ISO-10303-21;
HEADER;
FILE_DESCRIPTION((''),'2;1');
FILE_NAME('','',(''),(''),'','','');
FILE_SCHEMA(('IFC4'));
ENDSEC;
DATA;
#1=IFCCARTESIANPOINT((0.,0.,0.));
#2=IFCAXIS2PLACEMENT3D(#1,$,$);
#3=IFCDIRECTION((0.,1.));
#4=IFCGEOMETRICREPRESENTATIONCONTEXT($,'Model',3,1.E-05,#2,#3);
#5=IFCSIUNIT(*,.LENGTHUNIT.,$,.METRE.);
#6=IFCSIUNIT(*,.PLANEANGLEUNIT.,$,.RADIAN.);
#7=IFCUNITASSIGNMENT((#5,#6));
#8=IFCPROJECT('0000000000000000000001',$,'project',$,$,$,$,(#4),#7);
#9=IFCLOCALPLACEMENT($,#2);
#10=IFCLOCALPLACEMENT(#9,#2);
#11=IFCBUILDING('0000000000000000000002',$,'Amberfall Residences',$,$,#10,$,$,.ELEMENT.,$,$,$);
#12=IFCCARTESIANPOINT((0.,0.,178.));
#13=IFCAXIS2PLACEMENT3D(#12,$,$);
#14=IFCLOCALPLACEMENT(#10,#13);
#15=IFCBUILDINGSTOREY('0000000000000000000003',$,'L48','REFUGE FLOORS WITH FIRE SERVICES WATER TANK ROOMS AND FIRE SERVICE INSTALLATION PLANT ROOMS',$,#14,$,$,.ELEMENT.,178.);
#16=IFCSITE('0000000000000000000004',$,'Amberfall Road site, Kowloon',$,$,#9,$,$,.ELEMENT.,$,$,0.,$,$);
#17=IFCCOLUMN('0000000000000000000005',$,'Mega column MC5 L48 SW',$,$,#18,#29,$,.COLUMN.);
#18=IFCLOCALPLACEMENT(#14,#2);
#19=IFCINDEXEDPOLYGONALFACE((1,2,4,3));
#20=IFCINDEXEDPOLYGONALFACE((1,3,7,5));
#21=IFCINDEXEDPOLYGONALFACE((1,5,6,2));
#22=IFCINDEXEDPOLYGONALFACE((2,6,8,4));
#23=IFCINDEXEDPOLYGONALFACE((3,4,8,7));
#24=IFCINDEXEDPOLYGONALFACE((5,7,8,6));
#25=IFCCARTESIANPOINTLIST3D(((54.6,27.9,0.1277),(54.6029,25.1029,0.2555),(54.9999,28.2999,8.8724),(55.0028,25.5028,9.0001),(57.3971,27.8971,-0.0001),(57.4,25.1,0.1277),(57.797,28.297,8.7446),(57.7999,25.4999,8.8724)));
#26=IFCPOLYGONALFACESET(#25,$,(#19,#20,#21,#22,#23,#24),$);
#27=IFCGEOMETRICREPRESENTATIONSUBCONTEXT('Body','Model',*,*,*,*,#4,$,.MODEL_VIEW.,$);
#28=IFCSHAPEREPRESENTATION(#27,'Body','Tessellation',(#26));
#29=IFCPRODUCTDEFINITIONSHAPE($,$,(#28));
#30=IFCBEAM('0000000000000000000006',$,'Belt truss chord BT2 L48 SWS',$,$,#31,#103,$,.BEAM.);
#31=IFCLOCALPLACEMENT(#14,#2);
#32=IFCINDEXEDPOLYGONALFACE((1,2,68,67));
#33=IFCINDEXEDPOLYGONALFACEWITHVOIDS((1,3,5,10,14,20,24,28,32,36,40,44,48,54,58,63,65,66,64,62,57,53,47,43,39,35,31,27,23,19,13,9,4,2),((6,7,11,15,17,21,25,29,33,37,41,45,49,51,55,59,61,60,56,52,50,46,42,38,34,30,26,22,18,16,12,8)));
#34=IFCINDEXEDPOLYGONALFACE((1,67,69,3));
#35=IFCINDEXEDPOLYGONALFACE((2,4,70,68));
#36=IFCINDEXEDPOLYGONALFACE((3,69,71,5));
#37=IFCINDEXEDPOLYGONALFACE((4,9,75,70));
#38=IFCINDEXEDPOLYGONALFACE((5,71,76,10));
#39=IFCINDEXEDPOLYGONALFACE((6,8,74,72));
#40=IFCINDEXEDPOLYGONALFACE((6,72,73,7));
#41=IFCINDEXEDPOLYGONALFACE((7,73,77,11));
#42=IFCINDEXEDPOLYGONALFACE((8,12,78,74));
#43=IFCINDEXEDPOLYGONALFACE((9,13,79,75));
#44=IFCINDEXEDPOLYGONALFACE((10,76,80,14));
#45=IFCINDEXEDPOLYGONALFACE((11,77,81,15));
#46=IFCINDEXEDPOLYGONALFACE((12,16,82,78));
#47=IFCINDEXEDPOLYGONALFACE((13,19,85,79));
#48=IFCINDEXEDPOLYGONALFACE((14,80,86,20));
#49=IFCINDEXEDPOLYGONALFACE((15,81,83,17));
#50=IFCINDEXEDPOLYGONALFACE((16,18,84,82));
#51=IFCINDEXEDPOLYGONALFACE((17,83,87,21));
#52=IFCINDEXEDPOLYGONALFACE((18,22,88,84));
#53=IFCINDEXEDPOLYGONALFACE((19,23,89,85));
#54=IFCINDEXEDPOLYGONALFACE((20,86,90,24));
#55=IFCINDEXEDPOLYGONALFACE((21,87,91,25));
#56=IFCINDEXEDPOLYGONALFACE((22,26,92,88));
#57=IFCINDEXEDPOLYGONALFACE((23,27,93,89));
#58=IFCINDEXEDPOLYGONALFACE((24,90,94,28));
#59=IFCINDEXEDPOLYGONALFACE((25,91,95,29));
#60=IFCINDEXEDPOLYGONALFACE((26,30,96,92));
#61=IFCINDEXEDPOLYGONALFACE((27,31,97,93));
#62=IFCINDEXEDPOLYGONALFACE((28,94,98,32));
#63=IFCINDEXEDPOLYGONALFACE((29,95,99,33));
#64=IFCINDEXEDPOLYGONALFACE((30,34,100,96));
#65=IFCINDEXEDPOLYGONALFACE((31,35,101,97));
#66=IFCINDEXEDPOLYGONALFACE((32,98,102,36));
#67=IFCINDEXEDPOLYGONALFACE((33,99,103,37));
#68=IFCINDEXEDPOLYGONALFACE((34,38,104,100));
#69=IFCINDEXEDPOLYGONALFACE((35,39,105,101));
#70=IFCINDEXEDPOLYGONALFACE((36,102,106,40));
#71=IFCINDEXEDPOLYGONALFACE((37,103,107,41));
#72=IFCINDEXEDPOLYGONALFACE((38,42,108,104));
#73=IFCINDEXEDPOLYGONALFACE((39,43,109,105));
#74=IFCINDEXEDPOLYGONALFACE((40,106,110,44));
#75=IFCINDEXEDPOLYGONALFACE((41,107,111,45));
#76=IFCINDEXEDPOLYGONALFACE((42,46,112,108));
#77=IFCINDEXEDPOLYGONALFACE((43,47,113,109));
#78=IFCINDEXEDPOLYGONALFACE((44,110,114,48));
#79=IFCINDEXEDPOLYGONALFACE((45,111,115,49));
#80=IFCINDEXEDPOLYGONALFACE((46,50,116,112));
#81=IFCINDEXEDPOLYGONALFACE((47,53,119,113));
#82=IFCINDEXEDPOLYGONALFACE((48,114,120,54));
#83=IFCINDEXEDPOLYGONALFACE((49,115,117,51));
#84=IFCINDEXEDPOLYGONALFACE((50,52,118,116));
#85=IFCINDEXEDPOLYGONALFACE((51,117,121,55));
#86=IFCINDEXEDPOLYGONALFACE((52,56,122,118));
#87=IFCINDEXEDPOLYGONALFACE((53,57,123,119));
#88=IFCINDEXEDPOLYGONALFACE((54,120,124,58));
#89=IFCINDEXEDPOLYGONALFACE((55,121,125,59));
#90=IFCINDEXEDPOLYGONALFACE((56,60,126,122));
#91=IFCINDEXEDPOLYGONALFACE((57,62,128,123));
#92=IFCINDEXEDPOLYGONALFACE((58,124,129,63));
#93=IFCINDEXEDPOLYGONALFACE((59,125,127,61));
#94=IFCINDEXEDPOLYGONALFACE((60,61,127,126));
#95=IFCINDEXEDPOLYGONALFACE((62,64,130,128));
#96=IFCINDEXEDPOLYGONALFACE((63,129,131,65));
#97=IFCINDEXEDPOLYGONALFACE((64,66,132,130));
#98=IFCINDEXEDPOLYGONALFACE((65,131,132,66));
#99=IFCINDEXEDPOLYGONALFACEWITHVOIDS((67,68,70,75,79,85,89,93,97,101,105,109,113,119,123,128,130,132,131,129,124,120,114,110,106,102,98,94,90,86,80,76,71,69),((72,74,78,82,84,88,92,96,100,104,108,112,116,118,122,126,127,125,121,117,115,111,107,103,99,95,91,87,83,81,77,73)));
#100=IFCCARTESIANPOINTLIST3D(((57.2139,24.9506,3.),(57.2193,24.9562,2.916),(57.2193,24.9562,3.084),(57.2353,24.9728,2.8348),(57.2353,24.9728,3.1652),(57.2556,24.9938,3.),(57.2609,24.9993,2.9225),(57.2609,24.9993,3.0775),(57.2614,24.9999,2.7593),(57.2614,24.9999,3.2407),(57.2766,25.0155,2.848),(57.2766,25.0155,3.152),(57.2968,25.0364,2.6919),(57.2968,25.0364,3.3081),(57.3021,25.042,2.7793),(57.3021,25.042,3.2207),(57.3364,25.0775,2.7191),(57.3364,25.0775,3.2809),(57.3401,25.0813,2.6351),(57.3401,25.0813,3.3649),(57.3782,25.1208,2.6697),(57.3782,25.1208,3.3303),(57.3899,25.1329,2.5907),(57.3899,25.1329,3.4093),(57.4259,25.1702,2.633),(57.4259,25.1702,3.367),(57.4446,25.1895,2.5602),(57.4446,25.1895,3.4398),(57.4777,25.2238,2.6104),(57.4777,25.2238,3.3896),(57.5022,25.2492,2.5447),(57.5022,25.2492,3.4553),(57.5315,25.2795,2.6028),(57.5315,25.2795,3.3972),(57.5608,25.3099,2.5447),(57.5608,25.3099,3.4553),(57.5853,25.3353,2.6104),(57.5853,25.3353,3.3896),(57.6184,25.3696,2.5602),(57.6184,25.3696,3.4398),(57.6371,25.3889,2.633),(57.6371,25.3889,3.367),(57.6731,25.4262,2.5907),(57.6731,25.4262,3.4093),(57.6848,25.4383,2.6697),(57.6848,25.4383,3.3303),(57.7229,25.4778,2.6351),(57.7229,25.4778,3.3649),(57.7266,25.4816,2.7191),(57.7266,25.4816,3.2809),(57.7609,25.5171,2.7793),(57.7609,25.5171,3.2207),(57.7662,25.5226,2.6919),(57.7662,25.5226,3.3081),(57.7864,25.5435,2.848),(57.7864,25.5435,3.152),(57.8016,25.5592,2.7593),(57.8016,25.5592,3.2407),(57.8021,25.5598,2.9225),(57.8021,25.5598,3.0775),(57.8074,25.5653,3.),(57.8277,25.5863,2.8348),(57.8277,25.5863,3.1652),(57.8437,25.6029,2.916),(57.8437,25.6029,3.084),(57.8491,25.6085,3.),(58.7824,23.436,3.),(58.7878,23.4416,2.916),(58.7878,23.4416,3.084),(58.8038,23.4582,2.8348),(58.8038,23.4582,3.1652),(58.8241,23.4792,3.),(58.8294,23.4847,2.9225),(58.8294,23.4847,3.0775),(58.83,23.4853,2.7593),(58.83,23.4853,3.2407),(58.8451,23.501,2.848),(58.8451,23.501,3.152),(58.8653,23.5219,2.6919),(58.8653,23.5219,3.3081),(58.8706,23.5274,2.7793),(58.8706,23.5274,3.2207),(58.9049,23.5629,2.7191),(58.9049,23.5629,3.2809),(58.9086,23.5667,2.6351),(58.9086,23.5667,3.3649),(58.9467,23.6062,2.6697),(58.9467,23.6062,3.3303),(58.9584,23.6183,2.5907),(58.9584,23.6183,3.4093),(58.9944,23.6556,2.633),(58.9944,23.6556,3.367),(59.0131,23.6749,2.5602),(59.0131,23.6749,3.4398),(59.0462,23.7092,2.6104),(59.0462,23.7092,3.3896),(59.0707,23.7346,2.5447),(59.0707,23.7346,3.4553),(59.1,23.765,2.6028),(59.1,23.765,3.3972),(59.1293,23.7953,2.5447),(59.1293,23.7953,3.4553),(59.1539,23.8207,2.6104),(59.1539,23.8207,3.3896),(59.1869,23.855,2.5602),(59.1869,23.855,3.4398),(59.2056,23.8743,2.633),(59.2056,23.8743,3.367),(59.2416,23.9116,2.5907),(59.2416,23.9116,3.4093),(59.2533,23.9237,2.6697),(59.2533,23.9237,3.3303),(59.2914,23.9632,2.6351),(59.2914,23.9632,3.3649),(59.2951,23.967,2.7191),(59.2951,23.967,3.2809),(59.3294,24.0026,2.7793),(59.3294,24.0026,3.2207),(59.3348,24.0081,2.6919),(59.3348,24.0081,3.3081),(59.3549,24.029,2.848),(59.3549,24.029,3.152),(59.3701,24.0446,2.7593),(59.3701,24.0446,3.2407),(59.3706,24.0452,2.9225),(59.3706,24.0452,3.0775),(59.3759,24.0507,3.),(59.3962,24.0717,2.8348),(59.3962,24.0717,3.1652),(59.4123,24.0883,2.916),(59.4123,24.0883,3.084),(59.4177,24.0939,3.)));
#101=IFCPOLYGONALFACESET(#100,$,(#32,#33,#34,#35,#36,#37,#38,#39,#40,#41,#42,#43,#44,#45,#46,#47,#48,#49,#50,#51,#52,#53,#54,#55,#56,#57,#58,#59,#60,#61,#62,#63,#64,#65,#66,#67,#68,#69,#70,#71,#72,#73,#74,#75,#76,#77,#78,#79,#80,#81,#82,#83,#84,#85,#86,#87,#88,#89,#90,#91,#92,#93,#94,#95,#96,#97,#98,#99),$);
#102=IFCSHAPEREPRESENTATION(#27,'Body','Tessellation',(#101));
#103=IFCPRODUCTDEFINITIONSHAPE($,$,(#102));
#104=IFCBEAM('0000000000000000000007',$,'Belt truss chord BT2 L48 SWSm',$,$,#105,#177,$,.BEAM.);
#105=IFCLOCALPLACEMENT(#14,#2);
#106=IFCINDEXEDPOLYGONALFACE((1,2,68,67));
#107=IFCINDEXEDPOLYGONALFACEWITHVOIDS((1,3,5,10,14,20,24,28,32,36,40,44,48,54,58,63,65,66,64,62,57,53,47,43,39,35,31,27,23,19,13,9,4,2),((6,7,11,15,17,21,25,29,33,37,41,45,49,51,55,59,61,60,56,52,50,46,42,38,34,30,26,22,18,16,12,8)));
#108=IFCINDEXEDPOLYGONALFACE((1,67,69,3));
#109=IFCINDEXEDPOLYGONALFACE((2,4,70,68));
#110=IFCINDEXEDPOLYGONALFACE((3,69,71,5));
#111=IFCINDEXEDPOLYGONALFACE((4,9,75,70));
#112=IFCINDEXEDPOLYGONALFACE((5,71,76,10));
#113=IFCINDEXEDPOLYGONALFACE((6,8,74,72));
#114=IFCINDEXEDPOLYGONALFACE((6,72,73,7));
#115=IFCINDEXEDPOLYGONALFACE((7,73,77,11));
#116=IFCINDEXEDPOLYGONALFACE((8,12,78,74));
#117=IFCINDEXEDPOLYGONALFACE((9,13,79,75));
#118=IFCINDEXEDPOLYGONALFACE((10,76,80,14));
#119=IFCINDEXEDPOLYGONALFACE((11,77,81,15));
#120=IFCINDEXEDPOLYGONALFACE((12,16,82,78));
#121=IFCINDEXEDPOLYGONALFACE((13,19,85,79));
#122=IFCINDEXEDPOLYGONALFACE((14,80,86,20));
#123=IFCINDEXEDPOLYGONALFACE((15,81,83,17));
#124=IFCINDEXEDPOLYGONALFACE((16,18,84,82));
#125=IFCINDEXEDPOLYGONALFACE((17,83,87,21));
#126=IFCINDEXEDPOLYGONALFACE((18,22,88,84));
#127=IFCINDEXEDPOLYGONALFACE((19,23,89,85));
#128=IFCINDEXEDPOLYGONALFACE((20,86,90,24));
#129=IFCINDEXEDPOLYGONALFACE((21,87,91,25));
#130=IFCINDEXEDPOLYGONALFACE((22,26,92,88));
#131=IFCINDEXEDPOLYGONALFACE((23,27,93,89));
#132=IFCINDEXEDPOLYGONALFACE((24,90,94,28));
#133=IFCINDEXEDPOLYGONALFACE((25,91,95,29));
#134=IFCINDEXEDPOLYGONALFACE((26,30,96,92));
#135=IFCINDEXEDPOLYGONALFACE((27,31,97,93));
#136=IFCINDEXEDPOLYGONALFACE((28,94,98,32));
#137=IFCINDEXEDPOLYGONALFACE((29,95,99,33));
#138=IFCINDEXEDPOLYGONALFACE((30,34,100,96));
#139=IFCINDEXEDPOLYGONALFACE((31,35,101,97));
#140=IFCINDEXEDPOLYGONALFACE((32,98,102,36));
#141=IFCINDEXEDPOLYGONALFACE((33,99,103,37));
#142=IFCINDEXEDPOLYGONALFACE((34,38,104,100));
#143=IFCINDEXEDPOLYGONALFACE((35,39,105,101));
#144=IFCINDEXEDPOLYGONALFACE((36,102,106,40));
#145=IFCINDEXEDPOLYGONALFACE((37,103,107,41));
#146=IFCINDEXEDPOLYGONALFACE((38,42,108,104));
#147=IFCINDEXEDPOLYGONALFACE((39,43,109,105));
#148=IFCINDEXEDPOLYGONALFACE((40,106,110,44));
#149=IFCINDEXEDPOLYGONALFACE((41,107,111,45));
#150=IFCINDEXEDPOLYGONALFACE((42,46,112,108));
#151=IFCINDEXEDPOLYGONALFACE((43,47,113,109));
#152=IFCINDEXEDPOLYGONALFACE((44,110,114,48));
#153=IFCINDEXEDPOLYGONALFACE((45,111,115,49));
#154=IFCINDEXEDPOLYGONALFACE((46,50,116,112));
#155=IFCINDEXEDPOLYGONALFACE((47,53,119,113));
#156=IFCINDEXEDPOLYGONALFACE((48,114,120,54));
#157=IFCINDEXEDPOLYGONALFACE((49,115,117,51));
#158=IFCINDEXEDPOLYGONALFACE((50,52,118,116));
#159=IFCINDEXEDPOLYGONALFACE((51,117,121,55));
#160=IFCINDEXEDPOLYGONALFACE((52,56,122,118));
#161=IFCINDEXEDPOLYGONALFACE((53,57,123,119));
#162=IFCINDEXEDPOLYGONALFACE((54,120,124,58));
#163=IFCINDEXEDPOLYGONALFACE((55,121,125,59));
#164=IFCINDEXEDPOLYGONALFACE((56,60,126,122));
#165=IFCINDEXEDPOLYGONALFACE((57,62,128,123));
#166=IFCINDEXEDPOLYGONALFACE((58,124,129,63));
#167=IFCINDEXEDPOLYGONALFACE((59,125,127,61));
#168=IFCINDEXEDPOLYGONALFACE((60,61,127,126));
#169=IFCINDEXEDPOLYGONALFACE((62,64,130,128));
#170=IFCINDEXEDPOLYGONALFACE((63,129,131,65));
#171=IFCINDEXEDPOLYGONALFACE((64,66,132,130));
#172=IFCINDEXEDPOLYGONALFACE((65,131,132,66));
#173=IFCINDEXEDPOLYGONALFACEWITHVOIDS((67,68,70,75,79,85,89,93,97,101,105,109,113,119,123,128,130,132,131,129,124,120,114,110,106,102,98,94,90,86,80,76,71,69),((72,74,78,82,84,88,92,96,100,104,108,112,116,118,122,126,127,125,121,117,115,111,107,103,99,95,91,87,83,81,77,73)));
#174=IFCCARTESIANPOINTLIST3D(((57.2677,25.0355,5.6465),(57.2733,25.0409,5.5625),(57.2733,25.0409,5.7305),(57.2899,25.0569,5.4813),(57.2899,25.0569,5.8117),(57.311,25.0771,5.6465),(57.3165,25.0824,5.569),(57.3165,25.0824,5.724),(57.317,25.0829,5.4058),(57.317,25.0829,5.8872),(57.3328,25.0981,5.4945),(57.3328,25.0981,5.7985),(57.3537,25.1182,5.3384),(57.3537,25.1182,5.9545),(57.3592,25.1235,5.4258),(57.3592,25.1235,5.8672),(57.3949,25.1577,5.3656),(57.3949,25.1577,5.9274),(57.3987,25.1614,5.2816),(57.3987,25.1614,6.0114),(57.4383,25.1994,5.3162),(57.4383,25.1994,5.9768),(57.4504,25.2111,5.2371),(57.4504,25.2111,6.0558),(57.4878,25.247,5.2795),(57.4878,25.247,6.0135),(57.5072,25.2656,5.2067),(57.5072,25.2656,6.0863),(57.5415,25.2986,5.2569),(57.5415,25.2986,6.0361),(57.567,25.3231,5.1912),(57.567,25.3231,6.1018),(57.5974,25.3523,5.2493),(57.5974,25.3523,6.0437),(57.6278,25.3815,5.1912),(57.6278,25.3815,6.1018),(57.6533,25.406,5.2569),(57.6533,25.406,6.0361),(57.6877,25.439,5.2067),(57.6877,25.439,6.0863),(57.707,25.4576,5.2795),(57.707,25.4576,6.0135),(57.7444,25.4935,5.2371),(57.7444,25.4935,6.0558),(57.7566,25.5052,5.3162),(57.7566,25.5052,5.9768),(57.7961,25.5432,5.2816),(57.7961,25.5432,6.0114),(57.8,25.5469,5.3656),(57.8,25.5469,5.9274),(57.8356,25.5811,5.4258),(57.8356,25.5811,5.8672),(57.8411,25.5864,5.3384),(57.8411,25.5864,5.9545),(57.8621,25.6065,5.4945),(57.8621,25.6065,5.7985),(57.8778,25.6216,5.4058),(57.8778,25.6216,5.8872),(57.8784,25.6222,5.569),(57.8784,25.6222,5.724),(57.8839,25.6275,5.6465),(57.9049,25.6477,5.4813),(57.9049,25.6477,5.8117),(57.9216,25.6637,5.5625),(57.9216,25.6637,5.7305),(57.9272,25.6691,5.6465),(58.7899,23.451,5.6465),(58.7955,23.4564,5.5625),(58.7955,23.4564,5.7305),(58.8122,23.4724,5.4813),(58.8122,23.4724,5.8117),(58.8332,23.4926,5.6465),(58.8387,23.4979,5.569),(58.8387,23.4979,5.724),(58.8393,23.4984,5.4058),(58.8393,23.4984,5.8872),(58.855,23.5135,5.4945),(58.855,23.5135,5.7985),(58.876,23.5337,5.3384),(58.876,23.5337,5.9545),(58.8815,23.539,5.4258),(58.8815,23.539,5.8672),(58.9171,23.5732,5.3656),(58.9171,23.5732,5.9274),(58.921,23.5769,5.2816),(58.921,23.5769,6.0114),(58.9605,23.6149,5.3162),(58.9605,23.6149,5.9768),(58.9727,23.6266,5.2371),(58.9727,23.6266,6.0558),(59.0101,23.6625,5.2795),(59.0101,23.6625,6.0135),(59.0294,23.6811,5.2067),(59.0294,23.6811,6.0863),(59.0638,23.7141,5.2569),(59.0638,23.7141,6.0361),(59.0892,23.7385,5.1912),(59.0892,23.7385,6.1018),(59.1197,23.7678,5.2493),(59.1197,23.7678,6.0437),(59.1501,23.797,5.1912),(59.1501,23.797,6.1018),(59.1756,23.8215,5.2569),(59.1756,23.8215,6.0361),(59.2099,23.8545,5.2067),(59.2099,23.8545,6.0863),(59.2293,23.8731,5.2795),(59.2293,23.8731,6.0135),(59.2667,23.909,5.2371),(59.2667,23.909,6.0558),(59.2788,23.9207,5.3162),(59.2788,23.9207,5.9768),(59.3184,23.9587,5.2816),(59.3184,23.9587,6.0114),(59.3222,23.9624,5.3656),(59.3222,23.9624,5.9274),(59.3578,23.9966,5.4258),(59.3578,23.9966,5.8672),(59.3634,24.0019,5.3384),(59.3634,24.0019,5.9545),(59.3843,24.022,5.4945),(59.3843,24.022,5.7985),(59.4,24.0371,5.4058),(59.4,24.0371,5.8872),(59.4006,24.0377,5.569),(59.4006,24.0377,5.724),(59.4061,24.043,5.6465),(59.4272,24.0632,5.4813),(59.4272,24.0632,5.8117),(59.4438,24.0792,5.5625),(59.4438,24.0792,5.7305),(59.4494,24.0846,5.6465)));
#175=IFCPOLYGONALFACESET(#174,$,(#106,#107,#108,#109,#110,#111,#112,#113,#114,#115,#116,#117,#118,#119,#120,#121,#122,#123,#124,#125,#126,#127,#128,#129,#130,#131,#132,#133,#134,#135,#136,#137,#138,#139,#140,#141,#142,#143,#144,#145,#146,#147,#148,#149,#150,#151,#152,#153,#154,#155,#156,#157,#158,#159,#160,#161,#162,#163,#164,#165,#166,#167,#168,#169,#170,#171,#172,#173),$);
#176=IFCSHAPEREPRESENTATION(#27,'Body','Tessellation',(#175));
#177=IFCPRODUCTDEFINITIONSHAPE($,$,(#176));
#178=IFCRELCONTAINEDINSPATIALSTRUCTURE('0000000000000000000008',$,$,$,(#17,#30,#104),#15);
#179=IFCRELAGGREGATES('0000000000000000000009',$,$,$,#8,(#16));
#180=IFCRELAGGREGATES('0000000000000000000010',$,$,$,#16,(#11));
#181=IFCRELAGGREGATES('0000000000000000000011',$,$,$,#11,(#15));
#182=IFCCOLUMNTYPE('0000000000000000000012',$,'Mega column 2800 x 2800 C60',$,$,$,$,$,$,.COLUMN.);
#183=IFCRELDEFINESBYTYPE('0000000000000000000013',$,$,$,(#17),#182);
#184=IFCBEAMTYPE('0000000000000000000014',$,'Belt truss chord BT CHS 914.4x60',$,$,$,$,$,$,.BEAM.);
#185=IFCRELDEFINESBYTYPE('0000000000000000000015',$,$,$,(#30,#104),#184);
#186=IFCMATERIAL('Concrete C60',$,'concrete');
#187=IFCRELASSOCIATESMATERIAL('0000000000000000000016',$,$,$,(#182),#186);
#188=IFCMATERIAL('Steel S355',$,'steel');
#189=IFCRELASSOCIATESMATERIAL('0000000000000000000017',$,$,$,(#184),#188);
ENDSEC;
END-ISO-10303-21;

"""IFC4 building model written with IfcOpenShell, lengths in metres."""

from ifc_helpers import new_model, si_unit, direction, frame, origin, origin_2d, place, context, subcontext, project, spatial, rectangle, hollow_circle, extrude, material, material_profile, profile_set, type_object, element, save


model = new_model("IFC4")

# Units and contexts
model_context = context("Model", 3, precision=1e-05, world=origin(), true_north=direction((0.0, 1.0)))
body_context = subcontext(model_context, "Body", "Model", "MODEL_VIEW")
ifc_project = project(units=[si_unit("LENGTHUNIT", "METRE"), si_unit("PLANEANGLEUNIT", "RADIAN")], contexts=[model_context])

# Site, building, storey
site_placement = place(None, origin())
site = spatial("IfcSite", under=ifc_project, at=site_placement, Name="Amberfall Road site, Kowloon", CompositionType="ELEMENT", RefElevation=0.0)
building_placement = place(site_placement, origin())
building = spatial("IfcBuilding", under=site, at=building_placement, Name="Amberfall Residences", CompositionType="ELEMENT")
storey_placement = place(building_placement, frame((0.0, 0.0, 178.0)))
storey = spatial("IfcBuildingStorey", under=building, at=storey_placement, Name="L48", Description="REFUGE FLOORS WITH FIRE SERVICES WATER TANK ROOMS AND FIRE SERVICE INSTALLATION PLANT ROOMS", CompositionType="ELEMENT", Elevation=178.0)

# Column
ifc_material_1 = material(Name="Concrete C60", Category="concrete")
ifc_material_profile_1 = material_profile(ifc_material_1, rectangle(XDim=2.8, YDim=2.8, at=origin_2d()), Name="Mega column 2800 x 2800 C60")
ifc_profile_set_1 = profile_set([ifc_material_profile_1], Name="Concrete C60")
column_type = type_object("IfcColumnType", Name="Mega column 2800 x 2800 C60", PredefinedType="COLUMN", material=ifc_profile_set_1)
column_placement = place(storey_placement, frame((56.0, 26.5, 0.1277), z_axis=(0.045636, 0.045636, 0.997915), x_axis=(-0.998958, 0.001042, 0.045636)))
element("IfcColumn", 1, at=column_placement, inside=storey, type_object=column_type, Name="Mega column MC5 L48 SW", PredefinedType="COLUMN", context=body_context, shape_type="SweptSolid", body=[
    extrude(rectangle(XDim=2.8, YDim=2.8, at=origin_2d()), origin(), (0.0, 0.0, 1.0), 8.7629),
])

# Beams
ifc_material_2 = material(Name="Steel S355", Category="steel")
ifc_material_profile_2 = material_profile(ifc_material_2, hollow_circle(Radius=0.4573, WallThickness=0.0601, at=origin_2d()), Name="CHS 914.4x60")
ifc_profile_set_2 = profile_set([ifc_material_profile_2], Name="Steel S355")
beam_type_1 = type_object("IfcBeamType", Name="Belt truss chord BT CHS 914.4x60", PredefinedType="BEAM", material=ifc_profile_set_2)
beam_1_placement = place(storey_placement, frame((57.5315, 25.2795, 3.0), z_axis=(0.719371, -0.694626, 0.0), x_axis=(0.694626, 0.719371, 0.0)))
element("IfcBeam", 2, at=beam_1_placement, inside=storey, type_object=beam_type_1, Name="Belt truss chord BT2 L48 SWS", PredefinedType="BEAM", context=body_context, shape_type="SweptSolid", body=[
    extrude(hollow_circle(Radius=0.4573, WallThickness=0.0601, at=origin_2d()), origin(), (0.0, 0.0, 1.0), 2.1804),
])
beam_2_placement = place(storey_placement, frame((57.5974, 25.3523, 5.6465), z_axis=(0.692798, -0.721132, 0.0), x_axis=(0.721132, 0.692798, 0.0)))
element("IfcBeam", 3, at=beam_2_placement, inside=storey, type_object=beam_type_1, Name="Belt truss chord BT2 L48 SWSm", PredefinedType="BEAM", context=body_context, shape_type="SweptSolid", body=[
    extrude(hollow_circle(Radius=0.4573, WallThickness=0.0601, at=origin_2d()), origin(), (0.0, 0.0, 1.0), 2.1973),
])

save(model, "model.ifc")
